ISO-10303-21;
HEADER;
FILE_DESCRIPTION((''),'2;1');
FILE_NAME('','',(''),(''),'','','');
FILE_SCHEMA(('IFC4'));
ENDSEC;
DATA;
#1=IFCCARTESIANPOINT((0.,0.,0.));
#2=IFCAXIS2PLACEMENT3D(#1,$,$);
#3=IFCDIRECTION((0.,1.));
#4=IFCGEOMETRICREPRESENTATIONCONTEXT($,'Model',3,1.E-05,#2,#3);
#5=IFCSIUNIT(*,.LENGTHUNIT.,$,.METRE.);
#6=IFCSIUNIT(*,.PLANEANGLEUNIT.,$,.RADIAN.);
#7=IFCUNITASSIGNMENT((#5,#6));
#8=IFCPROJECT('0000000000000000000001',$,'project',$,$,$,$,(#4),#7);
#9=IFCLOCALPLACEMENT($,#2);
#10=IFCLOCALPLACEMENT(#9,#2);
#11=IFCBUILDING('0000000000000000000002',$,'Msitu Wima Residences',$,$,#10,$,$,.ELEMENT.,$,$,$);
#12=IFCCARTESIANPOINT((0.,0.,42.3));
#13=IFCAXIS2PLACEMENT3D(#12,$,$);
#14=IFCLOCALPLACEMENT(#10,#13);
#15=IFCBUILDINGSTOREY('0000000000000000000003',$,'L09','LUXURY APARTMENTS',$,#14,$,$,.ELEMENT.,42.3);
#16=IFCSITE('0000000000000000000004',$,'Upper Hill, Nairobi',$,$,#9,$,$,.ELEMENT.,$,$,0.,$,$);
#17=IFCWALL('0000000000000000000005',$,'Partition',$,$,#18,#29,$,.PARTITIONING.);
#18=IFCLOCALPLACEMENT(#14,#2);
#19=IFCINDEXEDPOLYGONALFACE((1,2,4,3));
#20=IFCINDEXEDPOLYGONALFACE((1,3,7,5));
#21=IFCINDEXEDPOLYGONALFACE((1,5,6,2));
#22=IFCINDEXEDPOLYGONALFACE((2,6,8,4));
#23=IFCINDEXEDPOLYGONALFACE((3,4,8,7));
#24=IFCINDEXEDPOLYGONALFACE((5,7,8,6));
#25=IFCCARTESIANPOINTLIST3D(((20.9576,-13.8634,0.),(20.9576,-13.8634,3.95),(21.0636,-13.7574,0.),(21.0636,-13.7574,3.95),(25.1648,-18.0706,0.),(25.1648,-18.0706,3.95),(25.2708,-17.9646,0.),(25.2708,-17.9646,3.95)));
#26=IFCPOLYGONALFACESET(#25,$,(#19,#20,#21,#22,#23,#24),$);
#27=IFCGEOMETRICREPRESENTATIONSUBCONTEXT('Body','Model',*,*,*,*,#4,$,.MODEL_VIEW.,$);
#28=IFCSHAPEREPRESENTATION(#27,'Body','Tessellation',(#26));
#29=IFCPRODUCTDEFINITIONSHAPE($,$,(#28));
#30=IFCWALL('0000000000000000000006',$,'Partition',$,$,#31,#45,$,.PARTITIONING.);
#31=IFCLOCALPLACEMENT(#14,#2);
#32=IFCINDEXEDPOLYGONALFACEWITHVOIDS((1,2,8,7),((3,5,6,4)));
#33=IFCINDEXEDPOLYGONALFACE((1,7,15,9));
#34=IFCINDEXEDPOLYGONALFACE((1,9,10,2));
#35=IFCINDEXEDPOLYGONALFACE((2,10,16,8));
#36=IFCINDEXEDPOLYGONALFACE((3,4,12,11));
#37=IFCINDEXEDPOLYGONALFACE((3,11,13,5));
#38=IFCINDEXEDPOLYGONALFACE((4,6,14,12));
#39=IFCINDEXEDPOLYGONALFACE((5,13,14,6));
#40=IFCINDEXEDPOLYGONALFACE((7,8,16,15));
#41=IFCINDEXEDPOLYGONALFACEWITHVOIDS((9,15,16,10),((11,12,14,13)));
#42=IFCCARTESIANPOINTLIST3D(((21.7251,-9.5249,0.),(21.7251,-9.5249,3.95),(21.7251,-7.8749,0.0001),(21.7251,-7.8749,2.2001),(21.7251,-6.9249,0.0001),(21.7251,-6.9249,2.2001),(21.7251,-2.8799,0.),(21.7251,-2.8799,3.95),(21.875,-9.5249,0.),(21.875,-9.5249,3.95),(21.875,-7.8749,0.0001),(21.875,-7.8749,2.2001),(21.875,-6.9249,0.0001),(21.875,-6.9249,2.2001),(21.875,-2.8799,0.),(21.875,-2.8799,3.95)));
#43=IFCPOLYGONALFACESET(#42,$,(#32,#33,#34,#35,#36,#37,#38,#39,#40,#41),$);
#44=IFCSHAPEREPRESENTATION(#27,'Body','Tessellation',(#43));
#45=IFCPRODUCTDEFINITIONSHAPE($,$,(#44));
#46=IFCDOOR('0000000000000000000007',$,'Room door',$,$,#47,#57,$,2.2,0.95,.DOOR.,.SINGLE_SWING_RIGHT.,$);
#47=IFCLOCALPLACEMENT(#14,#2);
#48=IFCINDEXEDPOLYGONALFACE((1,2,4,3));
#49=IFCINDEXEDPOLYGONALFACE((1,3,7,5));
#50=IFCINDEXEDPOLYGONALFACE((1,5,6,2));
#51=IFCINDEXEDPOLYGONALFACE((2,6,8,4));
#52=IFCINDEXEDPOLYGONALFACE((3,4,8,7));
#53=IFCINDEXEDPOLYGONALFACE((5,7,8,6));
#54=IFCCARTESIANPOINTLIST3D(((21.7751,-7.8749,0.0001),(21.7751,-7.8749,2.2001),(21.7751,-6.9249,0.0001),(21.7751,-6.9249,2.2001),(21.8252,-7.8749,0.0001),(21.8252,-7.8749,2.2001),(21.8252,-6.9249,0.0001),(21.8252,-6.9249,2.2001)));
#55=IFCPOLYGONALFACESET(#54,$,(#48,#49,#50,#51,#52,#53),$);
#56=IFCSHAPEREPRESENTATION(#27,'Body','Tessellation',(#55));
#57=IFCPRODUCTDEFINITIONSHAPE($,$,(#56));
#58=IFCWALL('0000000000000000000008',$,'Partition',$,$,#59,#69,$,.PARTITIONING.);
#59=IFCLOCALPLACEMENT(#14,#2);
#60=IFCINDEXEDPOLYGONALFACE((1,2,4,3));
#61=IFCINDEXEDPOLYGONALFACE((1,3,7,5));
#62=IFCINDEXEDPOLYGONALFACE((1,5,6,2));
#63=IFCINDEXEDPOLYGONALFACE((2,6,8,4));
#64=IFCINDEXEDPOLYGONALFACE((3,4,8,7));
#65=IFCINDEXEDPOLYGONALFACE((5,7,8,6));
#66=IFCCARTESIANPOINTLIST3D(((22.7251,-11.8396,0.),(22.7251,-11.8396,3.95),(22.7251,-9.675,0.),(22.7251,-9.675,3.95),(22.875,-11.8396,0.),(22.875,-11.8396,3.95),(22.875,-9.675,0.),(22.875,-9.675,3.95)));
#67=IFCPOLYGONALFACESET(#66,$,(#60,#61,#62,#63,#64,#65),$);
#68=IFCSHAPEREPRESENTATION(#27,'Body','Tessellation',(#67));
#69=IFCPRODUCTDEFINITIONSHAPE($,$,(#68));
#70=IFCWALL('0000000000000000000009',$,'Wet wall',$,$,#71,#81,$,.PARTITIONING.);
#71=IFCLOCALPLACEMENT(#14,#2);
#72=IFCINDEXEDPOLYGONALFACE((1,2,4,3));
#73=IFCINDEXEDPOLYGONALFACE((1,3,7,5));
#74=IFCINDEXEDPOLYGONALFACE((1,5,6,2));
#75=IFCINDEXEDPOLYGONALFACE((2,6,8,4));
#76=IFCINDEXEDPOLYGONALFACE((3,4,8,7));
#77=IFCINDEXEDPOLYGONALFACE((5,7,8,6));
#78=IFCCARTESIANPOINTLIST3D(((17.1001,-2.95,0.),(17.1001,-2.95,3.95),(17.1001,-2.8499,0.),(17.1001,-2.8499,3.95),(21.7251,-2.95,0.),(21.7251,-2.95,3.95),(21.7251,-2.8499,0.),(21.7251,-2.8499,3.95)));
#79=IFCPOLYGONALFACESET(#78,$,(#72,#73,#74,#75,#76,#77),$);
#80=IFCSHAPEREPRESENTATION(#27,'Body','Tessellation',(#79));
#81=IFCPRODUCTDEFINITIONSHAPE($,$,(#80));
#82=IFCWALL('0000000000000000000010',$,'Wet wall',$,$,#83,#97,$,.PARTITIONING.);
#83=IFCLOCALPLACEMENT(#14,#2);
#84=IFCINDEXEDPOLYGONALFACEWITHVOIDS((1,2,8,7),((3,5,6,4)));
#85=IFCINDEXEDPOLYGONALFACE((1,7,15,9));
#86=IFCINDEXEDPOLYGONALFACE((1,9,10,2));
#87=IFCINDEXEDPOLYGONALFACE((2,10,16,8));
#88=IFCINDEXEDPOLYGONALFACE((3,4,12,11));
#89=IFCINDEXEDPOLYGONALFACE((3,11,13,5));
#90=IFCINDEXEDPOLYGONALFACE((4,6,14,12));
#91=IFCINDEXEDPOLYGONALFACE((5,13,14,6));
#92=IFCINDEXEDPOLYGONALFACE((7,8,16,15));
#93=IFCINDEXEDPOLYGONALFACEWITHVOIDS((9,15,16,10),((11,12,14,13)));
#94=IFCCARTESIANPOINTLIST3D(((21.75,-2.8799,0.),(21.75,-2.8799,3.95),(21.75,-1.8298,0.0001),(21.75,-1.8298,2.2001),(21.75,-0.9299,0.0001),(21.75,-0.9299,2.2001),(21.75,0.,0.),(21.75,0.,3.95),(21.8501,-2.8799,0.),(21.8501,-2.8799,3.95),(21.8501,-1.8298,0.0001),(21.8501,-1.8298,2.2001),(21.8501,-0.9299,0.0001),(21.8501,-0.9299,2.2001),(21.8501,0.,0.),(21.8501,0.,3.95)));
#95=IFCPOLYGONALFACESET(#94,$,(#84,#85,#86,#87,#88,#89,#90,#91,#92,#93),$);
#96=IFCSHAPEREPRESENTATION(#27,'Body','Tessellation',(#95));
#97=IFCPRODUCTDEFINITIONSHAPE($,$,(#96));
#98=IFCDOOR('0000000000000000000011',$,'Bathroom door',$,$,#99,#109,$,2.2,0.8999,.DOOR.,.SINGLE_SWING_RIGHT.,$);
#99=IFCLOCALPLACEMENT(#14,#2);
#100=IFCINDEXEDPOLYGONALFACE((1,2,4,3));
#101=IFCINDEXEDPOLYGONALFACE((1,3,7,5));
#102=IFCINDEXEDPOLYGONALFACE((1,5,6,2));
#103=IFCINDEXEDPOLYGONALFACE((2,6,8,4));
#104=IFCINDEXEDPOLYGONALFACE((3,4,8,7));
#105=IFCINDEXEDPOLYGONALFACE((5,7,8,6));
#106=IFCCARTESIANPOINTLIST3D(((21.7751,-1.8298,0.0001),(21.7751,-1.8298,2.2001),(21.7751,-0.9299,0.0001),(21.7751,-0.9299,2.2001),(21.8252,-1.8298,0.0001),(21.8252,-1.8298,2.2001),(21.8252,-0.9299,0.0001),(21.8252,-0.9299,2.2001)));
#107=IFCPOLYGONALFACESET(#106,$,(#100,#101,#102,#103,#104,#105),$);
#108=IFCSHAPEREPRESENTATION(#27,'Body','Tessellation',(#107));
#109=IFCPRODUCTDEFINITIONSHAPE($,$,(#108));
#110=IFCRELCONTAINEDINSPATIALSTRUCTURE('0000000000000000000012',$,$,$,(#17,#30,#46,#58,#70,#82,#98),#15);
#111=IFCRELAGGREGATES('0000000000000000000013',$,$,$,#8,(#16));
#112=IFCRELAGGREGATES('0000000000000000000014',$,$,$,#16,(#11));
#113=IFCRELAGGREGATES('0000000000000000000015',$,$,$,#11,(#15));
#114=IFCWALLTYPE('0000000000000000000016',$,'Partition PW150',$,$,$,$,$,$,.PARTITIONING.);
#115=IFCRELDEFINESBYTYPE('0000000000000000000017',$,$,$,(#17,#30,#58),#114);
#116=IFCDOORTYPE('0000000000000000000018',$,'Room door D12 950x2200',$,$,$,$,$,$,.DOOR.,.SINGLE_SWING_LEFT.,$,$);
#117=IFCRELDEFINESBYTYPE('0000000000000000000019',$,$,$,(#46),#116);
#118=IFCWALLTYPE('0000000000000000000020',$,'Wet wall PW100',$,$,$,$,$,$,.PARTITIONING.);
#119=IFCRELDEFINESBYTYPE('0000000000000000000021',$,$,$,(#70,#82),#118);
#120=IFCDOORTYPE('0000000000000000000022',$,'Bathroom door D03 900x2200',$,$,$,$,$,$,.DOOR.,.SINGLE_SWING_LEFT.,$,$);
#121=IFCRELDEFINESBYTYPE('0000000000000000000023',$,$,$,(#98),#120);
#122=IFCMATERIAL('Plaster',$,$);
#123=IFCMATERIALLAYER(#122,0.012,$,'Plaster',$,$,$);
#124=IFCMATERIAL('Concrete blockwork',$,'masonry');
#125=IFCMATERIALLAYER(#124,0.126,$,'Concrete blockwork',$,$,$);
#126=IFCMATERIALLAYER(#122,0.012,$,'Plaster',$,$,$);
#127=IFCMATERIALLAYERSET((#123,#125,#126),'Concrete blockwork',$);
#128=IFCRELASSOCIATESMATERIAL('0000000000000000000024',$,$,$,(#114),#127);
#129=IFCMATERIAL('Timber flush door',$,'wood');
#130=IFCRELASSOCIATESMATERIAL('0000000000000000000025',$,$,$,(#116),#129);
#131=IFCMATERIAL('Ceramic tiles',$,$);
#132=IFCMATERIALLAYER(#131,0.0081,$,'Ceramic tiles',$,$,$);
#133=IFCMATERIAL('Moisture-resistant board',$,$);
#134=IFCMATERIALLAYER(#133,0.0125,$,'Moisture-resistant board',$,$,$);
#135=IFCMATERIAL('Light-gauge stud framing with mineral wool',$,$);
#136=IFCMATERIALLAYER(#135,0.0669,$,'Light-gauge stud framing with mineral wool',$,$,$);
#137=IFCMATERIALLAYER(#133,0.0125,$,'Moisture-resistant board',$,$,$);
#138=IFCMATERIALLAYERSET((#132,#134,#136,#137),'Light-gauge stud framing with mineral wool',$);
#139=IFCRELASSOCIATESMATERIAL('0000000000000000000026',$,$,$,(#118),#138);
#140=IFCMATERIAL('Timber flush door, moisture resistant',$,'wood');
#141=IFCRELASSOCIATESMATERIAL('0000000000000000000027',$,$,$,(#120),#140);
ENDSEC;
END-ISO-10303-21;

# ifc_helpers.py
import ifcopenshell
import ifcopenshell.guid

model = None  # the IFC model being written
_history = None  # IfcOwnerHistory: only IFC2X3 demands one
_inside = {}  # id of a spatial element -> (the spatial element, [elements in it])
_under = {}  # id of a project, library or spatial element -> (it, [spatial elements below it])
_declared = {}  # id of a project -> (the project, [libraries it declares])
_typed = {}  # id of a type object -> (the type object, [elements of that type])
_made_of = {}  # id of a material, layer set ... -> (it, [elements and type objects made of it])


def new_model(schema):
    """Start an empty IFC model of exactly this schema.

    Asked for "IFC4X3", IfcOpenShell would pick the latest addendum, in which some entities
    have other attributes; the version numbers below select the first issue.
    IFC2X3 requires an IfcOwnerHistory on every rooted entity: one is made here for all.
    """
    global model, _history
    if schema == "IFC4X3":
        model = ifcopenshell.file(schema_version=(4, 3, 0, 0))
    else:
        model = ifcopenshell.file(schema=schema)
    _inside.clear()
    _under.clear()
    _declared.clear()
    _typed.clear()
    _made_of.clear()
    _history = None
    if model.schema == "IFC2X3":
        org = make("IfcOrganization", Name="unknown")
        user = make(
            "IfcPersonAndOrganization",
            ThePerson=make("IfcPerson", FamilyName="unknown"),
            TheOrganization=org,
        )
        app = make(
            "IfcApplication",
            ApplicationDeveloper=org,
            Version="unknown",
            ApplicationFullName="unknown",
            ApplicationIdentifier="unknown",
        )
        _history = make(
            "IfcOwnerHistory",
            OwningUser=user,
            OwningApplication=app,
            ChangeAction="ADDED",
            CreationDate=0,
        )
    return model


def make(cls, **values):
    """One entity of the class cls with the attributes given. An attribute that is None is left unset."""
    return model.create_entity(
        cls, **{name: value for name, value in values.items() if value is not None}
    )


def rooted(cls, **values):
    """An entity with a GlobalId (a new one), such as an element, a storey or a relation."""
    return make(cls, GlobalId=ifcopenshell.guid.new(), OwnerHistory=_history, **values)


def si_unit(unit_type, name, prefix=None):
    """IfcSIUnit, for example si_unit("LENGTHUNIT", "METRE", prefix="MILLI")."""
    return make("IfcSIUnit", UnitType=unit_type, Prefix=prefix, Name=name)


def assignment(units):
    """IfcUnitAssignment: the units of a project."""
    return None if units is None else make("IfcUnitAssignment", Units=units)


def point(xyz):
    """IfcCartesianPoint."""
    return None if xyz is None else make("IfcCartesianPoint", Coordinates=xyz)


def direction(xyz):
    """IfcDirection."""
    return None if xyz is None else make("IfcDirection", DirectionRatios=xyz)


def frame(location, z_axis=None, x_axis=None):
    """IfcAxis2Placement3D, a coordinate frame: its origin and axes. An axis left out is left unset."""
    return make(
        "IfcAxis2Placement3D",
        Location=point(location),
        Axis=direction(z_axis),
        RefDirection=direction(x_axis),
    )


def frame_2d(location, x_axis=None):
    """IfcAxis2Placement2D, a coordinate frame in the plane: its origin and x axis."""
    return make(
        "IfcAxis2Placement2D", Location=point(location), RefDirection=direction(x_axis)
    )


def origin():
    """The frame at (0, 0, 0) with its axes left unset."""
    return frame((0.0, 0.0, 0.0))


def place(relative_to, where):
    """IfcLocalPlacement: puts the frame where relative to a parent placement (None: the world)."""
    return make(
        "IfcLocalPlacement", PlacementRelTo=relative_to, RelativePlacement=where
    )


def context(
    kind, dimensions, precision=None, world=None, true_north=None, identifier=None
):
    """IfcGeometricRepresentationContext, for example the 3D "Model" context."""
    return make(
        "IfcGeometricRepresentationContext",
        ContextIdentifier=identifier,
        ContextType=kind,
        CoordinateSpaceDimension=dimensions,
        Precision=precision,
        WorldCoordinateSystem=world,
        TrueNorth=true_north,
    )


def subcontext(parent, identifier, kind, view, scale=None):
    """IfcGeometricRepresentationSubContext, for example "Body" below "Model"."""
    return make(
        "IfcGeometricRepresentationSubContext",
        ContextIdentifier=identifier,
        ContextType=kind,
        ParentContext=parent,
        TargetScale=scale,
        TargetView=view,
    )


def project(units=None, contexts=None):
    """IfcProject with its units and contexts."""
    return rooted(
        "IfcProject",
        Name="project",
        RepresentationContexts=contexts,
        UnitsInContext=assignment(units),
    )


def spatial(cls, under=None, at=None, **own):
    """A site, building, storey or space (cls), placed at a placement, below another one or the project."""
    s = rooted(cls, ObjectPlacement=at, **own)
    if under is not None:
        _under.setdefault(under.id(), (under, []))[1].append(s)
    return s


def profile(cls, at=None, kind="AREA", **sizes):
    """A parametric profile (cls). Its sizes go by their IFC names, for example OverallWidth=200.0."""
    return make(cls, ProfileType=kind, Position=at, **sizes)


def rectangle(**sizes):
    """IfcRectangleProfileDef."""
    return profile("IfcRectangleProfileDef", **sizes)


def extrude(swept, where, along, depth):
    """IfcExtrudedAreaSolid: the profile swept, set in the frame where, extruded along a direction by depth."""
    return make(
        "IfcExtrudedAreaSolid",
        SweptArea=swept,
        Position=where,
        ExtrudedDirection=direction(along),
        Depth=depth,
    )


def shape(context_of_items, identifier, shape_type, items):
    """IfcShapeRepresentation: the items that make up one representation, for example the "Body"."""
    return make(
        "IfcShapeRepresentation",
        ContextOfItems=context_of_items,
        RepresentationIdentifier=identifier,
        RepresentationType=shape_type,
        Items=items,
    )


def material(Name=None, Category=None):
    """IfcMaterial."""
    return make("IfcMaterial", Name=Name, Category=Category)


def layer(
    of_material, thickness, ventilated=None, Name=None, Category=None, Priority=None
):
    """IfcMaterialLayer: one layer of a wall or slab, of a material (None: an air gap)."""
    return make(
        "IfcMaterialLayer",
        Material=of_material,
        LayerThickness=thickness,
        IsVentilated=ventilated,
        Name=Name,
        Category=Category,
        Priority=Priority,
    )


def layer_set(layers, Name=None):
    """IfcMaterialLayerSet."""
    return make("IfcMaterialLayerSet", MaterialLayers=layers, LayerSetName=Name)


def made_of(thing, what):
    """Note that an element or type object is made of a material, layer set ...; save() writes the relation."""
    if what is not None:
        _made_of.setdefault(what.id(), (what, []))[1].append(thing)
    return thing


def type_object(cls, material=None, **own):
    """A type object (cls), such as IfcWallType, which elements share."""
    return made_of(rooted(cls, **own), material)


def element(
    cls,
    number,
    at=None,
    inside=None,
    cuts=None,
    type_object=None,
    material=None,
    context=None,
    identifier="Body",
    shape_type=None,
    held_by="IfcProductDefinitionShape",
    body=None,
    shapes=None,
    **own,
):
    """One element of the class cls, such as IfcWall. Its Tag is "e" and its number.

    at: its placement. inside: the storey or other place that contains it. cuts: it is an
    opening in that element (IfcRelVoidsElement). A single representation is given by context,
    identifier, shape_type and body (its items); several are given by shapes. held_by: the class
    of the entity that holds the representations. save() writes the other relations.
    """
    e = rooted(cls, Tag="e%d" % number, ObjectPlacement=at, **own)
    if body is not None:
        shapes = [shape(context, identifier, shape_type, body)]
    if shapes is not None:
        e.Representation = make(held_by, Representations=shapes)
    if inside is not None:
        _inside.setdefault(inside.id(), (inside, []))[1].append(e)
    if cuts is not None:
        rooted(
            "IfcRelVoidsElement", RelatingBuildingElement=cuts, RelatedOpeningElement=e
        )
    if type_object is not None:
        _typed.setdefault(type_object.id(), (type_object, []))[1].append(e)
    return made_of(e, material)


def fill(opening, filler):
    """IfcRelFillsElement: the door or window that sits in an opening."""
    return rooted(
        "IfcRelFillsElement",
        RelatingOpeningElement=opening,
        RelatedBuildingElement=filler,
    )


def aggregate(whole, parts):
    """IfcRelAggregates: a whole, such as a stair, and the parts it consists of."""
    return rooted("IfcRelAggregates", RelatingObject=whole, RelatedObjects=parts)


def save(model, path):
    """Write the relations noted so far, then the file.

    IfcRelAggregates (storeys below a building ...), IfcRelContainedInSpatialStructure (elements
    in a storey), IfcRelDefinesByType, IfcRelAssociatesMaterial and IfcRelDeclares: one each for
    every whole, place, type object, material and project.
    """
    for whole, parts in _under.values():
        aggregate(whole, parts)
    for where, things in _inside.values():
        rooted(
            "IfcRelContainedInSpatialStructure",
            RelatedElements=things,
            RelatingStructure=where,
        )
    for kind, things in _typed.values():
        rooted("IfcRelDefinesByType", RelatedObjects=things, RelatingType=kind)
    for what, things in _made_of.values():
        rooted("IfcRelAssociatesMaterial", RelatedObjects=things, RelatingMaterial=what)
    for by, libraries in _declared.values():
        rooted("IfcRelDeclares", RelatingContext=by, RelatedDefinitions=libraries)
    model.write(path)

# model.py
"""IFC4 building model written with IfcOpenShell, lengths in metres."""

from ifc_helpers import new_model, si_unit, direction, frame, frame_2d, origin, place, context, subcontext, project, spatial, rectangle, extrude, material, layer, layer_set, type_object, element, fill, save


model = new_model("IFC4")

# Units and contexts
model_context = context("Model", 3, precision=1e-05, world=origin(), true_north=direction((0.0, 1.0)))
body_context = subcontext(model_context, "Body", "Model", "MODEL_VIEW")
ifc_project = project(units=[si_unit("LENGTHUNIT", "METRE"), si_unit("PLANEANGLEUNIT", "RADIAN")], contexts=[model_context])

# Site, building, storey
site_placement = place(None, origin())
site = spatial("IfcSite", under=ifc_project, at=site_placement, Name="Upper Hill, Nairobi", CompositionType="ELEMENT", RefElevation=0.0)
building_placement = place(site_placement, origin())
building = spatial("IfcBuilding", under=site, at=building_placement, Name="Msitu Wima Residences", CompositionType="ELEMENT")
storey_placement = place(building_placement, frame((0.0, 0.0, 42.3)))
storey = spatial("IfcBuildingStorey", under=building, at=storey_placement, Name="L09", Description="LUXURY APARTMENTS", CompositionType="ELEMENT", Elevation=42.3)

# Shared definitions
ifc_material_1 = material(Name="Plaster")
ifc_material_2 = material(Name="Concrete blockwork", Category="masonry")
ifc_layer_1 = layer(ifc_material_1, 0.012, Name="Plaster")
ifc_layer_2 = layer(ifc_material_2, 0.126, Name="Concrete blockwork")
ifc_layer_3 = layer(ifc_material_1, 0.012, Name="Plaster")
ifc_layer_set_1 = layer_set([ifc_layer_1, ifc_layer_2, ifc_layer_3], Name="Concrete blockwork")
wall_type_1 = type_object("IfcWallType", Name="Partition PW150", PredefinedType="PARTITIONING", material=ifc_layer_set_1)
ifc_material_3 = material(Name="Timber flush door", Category="wood")
door_type_1 = type_object("IfcDoorType", Name="Room door D12 950x2200", OperationType="SINGLE_SWING_LEFT", PredefinedType="DOOR", material=ifc_material_3)

# Wall
wall_1_placement = place(storey_placement, frame((21.0105, -13.8103, 0.0), z_axis=(0.0, 0.0, 1.0), x_axis=(0.707107, -0.707107, 0.0)))
element("IfcWall", 1, at=wall_1_placement, inside=storey, type_object=wall_type_1, Name="Partition", PredefinedType="PARTITIONING", context=body_context, shape_type="SweptSolid", body=[
    extrude(rectangle(XDim=5.95, YDim=0.1499, at=frame_2d((2.9751, 0.0))), origin(), (0.0, 0.0, 1.0), 3.95),
])

# Wall, opening, door
wall_2_placement = place(storey_placement, frame((21.8, -9.5249, 0.0), z_axis=(0.0, 0.0, 1.0), x_axis=(0.0, 1.0, 0.0)))
wall_2 = element("IfcWall", 2, at=wall_2_placement, inside=storey, type_object=wall_type_1, Name="Partition", PredefinedType="PARTITIONING", context=body_context, shape_type="SweptSolid", body=[
    extrude(rectangle(XDim=6.645, YDim=0.1499, at=frame_2d((3.3225, 0.0))), origin(), (0.0, 0.0, 1.0), 3.95),
])
opening_1_placement = place(wall_2_placement, frame((1.6499, 0.0, 0.0)))
opening_1 = element("IfcOpeningElement", 3, at=opening_1_placement, cuts=wall_2, PredefinedType="OPENING", context=body_context, shape_type="SweptSolid", body=[
    extrude(rectangle(XDim=0.95, YDim=2.2, at=frame_2d((0.4751, 1.1001))), frame((0.0, 0.085, 0.0), z_axis=(0.0, -1.0, 0.0), x_axis=(1.0, 0.0, 0.0)), (0.0, 0.0, 1.0), 0.1699),
])
door_1_placement = place(opening_1_placement, origin())
door_1 = element("IfcDoor", 4, at=door_1_placement, inside=storey, type_object=door_type_1, Name="Room door", OperationType="SINGLE_SWING_RIGHT", OverallHeight=2.2, OverallWidth=0.95, PredefinedType="DOOR", context=body_context, shape_type="SweptSolid", body=[
    extrude(rectangle(XDim=0.95, YDim=2.2, at=frame_2d((0.4751, 1.1001))), frame((0.0, 0.0249, 0.0), z_axis=(0.0, -1.0, 0.0), x_axis=(1.0, 0.0, 0.0)), (0.0, 0.0, 1.0), 0.05),
])
fill(opening_1, door_1)

# Walls
wall_3_placement = place(storey_placement, frame((22.8, -11.8396, 0.0), z_axis=(0.0, 0.0, 1.0), x_axis=(0.0, 1.0, 0.0)))
element("IfcWall", 5, at=wall_3_placement, inside=storey, type_object=wall_type_1, Name="Partition", PredefinedType="PARTITIONING", context=body_context, shape_type="SweptSolid", body=[
    extrude(rectangle(XDim=2.1646, YDim=0.1499, at=frame_2d((1.0823, 0.0))), origin(), (0.0, 0.0, 1.0), 3.95),
])
ifc_material_4 = material(Name="Ceramic tiles")
ifc_layer_4 = layer(ifc_material_4, 0.0081, Name="Ceramic tiles")
ifc_material_5 = material(Name="Moisture-resistant board")
ifc_layer_5 = layer(ifc_material_5, 0.0125, Name="Moisture-resistant board")
ifc_material_6 = material(Name="Light-gauge stud framing with mineral wool")
ifc_layer_6 = layer(ifc_material_6, 0.0669, Name="Light-gauge stud framing with mineral wool")
ifc_layer_7 = layer(ifc_material_5, 0.0125, Name="Moisture-resistant board")
ifc_layer_set_2 = layer_set([ifc_layer_4, ifc_layer_5, ifc_layer_6, ifc_layer_7], Name="Light-gauge stud framing with mineral wool")
wall_type_2 = type_object("IfcWallType", Name="Wet wall PW100", PredefinedType="PARTITIONING", material=ifc_layer_set_2)
wall_4_placement = place(storey_placement, frame((17.1001, -2.8999, 0.0), z_axis=(0.0, 0.0, 1.0), x_axis=(1.0, 0.0, 0.0)))
element("IfcWall", 6, at=wall_4_placement, inside=storey, type_object=wall_type_2, Name="Wet wall", PredefinedType="PARTITIONING", context=body_context, shape_type="SweptSolid", body=[
    extrude(rectangle(XDim=4.625, YDim=0.1001, at=frame_2d((2.3125, 0.0))), origin(), (0.0, 0.0, 1.0), 3.95),
])

# Wall, opening, door
wall_5_placement = place(storey_placement, frame((21.8, -2.8799, 0.0), z_axis=(0.0, 0.0, 1.0), x_axis=(0.0, 1.0, 0.0)))
wall_5 = element("IfcWall", 7, at=wall_5_placement, inside=storey, type_object=wall_type_2, Name="Wet wall", PredefinedType="PARTITIONING", context=body_context, shape_type="SweptSolid", body=[
    extrude(rectangle(XDim=2.8799, YDim=0.1001, at=frame_2d((1.4399, 0.0))), origin(), (0.0, 0.0, 1.0), 3.95),
])
opening_2_placement = place(wall_5_placement, frame((1.05, 0.0, 0.0)))
opening_2 = element("IfcOpeningElement", 8, at=opening_2_placement, cuts=wall_5, PredefinedType="OPENING", context=body_context, shape_type="SweptSolid", body=[
    extrude(rectangle(XDim=0.8999, YDim=2.2, at=frame_2d((0.45, 1.1001))), frame((0.0, 0.0601, 0.0), z_axis=(0.0, -1.0, 0.0), x_axis=(1.0, 0.0, 0.0)), (0.0, 0.0, 1.0), 0.1201),
])
ifc_material_7 = material(Name="Timber flush door, moisture resistant", Category="wood")
door_type_2 = type_object("IfcDoorType", Name="Bathroom door D03 900x2200", OperationType="SINGLE_SWING_LEFT", PredefinedType="DOOR", material=ifc_material_7)
door_2_placement = place(opening_2_placement, origin())
door_2 = element("IfcDoor", 9, at=door_2_placement, inside=storey, type_object=door_type_2, Name="Bathroom door", OperationType="SINGLE_SWING_RIGHT", OverallHeight=2.2, OverallWidth=0.8999, PredefinedType="DOOR", context=body_context, shape_type="SweptSolid", body=[
    extrude(rectangle(XDim=0.8999, YDim=2.2, at=frame_2d((0.45, 1.1001))), frame((0.0, 0.0249, 0.0), z_axis=(0.0, -1.0, 0.0), x_axis=(1.0, 0.0, 0.0)), (0.0, 0.0, 1.0), 0.05),
])
fill(opening_2, door_2)

save(model, "model.ifc")
